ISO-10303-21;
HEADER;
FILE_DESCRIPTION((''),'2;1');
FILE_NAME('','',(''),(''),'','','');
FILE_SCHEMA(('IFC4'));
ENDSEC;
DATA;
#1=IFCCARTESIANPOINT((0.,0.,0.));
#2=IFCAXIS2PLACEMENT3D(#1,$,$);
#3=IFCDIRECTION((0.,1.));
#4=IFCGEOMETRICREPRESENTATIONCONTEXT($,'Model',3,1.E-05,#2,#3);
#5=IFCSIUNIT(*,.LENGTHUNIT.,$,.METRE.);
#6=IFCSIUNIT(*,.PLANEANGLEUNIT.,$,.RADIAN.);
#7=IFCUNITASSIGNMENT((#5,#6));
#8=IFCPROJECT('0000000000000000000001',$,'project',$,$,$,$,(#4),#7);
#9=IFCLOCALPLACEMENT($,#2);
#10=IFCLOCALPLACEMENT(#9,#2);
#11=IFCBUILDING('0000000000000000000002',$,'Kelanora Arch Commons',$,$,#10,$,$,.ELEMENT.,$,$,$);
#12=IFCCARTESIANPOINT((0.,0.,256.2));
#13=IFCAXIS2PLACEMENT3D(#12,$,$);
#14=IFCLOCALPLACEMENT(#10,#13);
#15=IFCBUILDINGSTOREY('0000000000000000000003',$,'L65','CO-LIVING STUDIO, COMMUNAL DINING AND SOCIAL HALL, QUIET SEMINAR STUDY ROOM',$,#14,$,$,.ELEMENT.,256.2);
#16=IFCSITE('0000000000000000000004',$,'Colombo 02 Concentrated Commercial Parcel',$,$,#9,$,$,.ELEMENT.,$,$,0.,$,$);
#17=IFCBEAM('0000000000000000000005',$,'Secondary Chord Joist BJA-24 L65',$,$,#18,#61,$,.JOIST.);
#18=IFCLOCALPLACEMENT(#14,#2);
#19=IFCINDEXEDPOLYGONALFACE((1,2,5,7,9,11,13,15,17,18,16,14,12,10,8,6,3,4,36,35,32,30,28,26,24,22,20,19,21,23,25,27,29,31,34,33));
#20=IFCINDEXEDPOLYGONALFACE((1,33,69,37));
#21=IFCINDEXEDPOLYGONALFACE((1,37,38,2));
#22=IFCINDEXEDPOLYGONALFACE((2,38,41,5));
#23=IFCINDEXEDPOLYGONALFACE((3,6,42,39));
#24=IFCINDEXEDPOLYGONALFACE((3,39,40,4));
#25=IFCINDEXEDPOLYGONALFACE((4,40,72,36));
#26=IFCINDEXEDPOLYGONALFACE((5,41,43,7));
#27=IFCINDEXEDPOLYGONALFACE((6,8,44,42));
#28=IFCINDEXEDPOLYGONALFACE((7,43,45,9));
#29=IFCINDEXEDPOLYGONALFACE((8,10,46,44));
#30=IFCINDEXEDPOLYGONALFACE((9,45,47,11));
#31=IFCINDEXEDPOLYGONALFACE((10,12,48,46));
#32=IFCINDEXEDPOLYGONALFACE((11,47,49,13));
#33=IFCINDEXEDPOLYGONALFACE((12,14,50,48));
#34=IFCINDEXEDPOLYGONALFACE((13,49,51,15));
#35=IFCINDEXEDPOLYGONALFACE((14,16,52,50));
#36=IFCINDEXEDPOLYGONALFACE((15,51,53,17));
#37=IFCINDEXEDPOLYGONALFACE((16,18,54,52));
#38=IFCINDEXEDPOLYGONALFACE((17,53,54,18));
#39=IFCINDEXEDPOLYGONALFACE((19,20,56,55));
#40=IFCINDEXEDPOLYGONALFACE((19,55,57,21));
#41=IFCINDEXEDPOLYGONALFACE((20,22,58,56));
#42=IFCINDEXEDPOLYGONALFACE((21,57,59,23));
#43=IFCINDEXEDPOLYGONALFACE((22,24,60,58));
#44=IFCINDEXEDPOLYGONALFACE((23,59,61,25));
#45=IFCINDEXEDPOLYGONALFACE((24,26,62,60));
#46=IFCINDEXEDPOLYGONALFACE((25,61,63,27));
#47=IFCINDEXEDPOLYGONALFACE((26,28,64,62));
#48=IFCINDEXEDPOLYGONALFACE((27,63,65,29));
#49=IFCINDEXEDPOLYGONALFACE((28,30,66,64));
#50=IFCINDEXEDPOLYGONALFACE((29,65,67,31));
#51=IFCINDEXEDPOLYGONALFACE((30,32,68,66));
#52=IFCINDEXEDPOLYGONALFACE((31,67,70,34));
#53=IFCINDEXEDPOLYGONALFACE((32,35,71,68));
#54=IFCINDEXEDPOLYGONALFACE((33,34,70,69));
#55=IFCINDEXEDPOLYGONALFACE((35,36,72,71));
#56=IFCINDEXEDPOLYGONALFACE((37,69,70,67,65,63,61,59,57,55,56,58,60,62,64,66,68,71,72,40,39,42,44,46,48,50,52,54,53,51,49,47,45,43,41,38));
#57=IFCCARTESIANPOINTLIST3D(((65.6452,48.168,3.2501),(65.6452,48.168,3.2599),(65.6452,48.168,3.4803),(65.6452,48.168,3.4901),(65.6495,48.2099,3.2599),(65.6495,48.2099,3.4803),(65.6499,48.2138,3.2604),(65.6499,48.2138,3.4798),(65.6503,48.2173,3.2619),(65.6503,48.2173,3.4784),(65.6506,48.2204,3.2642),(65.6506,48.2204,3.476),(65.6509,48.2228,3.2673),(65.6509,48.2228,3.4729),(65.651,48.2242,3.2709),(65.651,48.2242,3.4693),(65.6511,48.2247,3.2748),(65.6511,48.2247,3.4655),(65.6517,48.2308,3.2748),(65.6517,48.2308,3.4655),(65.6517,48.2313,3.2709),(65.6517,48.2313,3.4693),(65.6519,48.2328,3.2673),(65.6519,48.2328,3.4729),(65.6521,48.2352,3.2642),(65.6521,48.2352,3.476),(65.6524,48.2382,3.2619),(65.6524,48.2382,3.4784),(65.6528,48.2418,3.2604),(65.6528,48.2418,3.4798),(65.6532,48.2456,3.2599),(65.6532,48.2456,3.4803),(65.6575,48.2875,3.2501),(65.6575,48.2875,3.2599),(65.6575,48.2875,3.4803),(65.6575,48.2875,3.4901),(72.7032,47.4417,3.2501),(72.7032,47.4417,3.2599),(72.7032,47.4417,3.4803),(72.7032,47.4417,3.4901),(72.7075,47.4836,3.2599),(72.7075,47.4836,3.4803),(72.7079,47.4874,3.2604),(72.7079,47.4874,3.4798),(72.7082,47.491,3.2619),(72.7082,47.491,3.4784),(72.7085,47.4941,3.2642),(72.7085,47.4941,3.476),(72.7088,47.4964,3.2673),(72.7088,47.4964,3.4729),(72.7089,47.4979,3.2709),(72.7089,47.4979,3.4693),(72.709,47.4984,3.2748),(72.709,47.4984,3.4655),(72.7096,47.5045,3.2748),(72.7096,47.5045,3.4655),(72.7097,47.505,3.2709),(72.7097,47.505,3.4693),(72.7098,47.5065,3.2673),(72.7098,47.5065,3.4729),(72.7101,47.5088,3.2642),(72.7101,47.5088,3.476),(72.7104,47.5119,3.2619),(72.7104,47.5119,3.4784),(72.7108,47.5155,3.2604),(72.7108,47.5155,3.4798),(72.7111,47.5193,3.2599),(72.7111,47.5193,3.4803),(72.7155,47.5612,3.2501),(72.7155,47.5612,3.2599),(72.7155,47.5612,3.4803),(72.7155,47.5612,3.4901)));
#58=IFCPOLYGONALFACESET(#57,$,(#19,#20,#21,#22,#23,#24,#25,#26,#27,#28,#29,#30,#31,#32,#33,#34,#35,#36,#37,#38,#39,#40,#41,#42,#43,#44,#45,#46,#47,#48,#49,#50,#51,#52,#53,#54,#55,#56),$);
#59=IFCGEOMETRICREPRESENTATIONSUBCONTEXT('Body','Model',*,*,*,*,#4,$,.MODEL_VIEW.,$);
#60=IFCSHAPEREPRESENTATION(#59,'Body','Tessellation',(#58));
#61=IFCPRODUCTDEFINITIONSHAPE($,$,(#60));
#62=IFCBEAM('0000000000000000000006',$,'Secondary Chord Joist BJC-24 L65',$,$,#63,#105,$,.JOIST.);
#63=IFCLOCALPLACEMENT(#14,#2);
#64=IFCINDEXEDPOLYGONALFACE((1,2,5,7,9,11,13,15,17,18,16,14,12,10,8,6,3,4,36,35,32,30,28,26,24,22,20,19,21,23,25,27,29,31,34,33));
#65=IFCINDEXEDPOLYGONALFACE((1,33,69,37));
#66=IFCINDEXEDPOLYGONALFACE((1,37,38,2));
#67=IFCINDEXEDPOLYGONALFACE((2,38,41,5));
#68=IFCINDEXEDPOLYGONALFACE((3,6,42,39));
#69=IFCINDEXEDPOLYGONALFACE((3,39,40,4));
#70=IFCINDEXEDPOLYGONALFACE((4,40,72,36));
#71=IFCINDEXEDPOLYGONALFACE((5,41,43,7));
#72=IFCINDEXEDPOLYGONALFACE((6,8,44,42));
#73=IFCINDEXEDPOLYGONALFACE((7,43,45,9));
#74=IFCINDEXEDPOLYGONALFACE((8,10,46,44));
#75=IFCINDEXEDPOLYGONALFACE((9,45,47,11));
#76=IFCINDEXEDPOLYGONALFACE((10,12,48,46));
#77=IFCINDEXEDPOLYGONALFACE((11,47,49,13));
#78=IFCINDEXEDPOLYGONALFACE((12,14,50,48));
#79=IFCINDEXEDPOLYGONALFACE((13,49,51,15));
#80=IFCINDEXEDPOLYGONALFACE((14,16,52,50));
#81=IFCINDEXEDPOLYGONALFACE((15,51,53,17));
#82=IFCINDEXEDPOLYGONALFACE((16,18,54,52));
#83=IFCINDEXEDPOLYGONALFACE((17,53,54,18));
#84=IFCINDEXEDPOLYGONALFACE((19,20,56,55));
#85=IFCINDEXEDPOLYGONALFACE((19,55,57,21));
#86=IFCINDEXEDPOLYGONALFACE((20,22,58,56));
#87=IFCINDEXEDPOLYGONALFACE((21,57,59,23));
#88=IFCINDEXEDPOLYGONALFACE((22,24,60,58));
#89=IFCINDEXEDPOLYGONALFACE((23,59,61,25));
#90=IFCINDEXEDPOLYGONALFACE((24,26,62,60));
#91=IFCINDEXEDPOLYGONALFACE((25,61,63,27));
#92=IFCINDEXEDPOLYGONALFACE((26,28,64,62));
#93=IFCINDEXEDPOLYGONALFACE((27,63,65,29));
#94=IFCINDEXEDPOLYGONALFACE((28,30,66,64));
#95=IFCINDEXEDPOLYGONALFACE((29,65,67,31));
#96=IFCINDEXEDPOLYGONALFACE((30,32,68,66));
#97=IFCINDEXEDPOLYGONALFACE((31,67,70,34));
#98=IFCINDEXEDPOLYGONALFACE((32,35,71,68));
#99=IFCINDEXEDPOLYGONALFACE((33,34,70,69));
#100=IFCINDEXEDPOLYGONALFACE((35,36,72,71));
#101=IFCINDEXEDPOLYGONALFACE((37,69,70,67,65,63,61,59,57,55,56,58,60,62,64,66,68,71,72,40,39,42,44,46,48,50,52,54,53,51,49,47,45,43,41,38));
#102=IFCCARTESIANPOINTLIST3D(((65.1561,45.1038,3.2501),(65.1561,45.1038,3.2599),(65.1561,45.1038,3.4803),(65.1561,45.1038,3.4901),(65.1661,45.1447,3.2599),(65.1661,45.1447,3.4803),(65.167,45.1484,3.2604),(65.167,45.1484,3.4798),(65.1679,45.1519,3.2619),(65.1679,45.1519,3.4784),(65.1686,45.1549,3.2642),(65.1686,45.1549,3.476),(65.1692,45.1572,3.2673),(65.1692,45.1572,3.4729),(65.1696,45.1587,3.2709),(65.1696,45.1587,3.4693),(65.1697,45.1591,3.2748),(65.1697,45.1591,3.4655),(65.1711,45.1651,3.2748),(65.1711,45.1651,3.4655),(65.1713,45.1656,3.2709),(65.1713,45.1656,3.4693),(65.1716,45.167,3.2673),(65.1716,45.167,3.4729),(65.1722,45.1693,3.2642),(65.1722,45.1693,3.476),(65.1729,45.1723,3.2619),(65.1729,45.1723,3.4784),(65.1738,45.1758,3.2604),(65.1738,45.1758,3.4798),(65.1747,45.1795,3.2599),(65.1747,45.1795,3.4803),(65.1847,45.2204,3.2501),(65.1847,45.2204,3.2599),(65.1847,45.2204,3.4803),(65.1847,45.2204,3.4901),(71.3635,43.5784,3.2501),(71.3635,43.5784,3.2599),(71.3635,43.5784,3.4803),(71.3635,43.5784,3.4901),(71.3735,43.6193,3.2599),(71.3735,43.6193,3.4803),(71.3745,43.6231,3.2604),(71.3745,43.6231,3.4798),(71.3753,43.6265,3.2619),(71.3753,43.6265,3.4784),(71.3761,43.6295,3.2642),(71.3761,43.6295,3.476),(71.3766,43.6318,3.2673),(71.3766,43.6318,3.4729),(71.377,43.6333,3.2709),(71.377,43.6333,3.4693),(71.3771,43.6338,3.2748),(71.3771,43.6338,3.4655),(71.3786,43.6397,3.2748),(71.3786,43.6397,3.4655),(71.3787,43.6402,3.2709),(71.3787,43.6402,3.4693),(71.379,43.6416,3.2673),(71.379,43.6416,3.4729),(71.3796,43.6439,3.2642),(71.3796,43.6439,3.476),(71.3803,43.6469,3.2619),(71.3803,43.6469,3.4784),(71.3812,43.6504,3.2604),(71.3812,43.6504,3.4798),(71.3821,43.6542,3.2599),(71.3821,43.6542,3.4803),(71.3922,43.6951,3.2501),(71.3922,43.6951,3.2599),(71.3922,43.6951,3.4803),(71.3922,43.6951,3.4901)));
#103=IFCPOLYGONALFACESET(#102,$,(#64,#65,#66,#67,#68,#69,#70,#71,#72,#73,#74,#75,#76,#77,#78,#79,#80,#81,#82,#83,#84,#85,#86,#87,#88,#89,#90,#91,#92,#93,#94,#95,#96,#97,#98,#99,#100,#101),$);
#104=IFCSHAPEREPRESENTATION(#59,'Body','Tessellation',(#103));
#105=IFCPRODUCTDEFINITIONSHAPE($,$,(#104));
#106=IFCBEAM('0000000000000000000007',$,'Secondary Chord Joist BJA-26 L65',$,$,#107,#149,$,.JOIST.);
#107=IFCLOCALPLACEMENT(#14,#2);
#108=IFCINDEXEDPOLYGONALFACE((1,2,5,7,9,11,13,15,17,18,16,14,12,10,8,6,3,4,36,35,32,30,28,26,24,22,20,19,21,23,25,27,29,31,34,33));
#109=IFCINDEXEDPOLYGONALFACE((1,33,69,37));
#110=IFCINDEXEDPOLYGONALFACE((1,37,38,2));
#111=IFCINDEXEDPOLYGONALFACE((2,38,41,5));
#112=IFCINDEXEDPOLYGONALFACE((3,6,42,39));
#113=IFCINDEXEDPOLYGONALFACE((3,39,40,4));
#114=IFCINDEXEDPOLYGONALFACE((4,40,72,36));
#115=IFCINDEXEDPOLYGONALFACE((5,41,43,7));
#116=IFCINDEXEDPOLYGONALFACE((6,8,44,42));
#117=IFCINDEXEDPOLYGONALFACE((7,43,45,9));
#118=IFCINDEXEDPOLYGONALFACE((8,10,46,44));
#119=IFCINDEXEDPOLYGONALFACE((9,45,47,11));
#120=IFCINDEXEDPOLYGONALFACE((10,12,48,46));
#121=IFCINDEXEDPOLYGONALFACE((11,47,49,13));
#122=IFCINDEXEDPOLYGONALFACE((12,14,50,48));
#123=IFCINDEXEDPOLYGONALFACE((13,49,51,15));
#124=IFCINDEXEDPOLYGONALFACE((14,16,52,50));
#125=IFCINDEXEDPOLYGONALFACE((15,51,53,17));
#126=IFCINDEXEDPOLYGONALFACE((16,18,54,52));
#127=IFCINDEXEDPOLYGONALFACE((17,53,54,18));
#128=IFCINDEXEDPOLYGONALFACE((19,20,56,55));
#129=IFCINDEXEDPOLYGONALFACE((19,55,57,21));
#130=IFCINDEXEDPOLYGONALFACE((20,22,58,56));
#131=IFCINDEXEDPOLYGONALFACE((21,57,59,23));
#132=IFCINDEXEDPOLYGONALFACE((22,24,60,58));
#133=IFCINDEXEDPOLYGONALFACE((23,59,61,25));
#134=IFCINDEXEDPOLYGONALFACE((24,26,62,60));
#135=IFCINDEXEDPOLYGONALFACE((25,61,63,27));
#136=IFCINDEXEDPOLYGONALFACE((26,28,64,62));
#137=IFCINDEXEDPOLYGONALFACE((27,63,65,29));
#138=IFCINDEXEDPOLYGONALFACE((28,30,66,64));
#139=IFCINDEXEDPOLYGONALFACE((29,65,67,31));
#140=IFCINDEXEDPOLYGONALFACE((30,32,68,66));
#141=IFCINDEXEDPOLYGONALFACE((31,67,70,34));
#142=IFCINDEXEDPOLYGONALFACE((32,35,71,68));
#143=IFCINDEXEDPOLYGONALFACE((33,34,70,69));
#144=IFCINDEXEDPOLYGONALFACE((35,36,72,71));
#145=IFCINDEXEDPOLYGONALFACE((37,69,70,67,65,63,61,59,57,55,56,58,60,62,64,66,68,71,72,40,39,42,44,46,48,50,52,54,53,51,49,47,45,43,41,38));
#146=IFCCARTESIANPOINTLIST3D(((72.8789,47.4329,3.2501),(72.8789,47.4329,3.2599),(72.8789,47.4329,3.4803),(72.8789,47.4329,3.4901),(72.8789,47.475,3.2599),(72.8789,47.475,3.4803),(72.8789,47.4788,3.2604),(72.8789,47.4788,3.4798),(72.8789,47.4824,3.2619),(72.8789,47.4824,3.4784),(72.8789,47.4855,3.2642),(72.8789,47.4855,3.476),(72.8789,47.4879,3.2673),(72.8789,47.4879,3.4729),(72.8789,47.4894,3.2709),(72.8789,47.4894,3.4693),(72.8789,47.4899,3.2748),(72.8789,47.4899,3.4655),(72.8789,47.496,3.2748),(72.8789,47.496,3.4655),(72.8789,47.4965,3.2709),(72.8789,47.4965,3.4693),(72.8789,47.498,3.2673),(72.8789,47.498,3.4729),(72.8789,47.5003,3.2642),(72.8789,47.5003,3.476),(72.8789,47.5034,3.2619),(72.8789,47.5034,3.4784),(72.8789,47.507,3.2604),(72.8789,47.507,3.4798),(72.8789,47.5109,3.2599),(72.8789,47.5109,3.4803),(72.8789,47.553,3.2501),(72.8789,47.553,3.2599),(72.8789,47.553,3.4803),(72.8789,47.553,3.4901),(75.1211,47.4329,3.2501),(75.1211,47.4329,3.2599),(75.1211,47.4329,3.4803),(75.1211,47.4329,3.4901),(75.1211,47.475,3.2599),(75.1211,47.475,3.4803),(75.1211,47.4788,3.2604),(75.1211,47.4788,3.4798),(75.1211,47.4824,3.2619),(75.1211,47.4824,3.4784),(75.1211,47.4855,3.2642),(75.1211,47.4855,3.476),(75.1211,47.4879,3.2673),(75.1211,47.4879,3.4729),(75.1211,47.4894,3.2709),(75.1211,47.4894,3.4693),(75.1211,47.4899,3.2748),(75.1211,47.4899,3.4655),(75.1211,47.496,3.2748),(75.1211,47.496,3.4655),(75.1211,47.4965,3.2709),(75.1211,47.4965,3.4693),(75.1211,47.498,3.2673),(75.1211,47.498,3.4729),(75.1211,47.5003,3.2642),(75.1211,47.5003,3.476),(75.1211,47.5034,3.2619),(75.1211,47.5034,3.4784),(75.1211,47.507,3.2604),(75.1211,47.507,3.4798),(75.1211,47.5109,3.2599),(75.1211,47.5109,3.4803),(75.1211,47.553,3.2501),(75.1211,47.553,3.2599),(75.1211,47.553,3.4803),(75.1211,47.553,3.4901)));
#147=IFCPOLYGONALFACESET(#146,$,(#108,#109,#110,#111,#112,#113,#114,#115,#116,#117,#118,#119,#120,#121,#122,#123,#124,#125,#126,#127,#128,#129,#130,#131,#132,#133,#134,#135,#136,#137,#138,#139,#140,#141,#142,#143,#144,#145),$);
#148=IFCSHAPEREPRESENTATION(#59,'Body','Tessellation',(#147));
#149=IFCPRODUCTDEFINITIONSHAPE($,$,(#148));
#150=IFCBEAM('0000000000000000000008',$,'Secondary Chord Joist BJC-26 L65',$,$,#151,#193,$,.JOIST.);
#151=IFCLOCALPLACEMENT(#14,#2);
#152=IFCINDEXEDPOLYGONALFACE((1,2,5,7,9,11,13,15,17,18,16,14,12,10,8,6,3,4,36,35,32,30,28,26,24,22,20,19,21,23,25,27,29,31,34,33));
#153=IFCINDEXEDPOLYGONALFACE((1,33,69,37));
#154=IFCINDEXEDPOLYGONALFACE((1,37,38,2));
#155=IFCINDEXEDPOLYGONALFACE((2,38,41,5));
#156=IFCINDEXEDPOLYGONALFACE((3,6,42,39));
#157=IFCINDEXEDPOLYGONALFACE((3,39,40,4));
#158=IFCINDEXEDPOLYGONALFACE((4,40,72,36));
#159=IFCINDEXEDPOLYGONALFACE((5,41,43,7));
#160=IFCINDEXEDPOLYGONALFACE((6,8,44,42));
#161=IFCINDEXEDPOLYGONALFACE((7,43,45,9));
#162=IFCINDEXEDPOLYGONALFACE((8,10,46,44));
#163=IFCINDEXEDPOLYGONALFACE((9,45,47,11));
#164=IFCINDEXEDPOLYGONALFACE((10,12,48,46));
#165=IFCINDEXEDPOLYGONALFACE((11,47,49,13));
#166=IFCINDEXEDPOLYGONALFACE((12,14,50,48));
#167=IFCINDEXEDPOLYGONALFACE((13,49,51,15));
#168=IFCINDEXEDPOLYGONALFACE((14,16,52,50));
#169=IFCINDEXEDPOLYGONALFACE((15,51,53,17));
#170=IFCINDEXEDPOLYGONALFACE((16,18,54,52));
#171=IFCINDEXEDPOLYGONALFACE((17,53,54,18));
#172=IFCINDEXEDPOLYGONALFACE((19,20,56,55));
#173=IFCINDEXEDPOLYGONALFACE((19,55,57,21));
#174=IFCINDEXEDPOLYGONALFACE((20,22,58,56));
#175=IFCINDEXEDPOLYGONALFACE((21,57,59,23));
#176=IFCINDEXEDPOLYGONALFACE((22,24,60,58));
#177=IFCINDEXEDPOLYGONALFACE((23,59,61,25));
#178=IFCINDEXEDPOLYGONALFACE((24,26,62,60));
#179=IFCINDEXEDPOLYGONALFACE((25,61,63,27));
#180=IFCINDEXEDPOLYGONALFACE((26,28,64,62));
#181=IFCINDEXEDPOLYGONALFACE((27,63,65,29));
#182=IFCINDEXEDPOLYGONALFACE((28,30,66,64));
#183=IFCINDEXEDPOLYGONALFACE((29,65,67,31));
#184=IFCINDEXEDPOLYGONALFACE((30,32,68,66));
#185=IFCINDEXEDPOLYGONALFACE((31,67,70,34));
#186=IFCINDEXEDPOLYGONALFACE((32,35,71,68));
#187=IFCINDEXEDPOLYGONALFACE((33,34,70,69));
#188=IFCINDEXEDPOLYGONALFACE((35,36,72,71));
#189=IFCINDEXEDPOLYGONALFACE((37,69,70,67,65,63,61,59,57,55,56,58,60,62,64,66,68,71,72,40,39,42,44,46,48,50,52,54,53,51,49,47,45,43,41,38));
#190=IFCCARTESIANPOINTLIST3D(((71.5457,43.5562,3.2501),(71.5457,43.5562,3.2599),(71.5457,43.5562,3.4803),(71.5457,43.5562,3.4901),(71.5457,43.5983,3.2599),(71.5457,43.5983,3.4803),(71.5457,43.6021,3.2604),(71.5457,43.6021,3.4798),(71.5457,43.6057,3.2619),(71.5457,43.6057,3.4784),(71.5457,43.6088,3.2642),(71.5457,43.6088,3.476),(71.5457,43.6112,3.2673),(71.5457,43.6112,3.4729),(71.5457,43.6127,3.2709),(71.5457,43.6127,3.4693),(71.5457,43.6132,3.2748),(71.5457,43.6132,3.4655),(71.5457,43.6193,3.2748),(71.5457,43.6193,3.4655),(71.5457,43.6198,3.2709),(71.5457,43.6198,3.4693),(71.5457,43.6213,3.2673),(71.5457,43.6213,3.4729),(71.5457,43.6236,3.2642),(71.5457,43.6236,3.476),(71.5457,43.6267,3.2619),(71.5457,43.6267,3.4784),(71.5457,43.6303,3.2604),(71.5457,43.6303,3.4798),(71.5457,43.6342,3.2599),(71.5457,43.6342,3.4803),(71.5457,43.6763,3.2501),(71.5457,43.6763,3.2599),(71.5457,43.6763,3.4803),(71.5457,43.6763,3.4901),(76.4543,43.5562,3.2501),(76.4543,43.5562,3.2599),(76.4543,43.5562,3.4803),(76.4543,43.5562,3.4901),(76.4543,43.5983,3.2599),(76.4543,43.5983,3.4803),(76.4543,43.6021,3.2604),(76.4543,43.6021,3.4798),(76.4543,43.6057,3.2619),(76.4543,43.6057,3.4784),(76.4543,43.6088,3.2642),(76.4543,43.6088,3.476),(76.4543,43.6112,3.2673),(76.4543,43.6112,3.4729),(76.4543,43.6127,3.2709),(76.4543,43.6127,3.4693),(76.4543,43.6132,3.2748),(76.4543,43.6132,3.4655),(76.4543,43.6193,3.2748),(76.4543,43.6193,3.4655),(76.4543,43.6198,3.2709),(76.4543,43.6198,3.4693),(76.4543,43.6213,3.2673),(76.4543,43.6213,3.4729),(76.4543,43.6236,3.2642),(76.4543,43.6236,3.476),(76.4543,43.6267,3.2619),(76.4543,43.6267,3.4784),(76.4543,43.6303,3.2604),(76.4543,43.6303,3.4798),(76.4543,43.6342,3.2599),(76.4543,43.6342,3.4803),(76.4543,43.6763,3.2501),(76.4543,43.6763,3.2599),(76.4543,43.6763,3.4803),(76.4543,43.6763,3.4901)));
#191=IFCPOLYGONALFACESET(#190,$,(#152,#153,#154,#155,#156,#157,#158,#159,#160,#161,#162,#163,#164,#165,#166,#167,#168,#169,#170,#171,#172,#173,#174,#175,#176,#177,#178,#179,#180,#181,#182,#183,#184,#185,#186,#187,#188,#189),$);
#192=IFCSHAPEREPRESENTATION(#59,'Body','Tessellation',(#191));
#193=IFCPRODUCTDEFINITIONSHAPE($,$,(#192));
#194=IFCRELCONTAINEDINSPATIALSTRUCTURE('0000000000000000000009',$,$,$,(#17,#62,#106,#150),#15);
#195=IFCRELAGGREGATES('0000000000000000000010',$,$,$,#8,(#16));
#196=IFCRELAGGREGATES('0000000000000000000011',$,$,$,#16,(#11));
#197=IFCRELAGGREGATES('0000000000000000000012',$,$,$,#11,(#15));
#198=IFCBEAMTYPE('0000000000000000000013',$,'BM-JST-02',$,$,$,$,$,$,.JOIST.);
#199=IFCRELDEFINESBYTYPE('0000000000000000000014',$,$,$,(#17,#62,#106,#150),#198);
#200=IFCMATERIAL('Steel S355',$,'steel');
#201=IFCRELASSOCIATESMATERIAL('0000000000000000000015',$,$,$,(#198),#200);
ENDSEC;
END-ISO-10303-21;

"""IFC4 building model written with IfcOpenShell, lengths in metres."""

from ifc_helpers import new_model, si_unit, direction, frame, origin, origin_2d, place, context, subcontext, project, spatial, i_section, extrude, material, material_profile, profile_set, type_object, element, save


model = new_model("IFC4")

# Units and contexts
model_context = context("Model", 3, precision=1e-05, world=origin(), true_north=direction((0.0, 1.0)))
body_context = subcontext(model_context, "Body", "Model", "MODEL_VIEW")
ifc_project = project(units=[si_unit("LENGTHUNIT", "METRE"), si_unit("PLANEANGLEUNIT", "RADIAN")], contexts=[model_context])

# Site, building, storey
site_placement = place(None, origin())
site = spatial("IfcSite", under=ifc_project, at=site_placement, Name="Colombo 02 Concentrated Commercial Parcel", CompositionType="ELEMENT", RefElevation=0.0)
building_placement = place(site_placement, origin())
building = spatial("IfcBuilding", under=site, at=building_placement, Name="Kelanora Arch Commons", CompositionType="ELEMENT")
storey_placement = place(building_placement, frame((0.0, 0.0, 256.2)))
storey = spatial("IfcBuildingStorey", under=building, at=storey_placement, Name="L65", Description="CO-LIVING STUDIO, COMMUNAL DINING AND SOCIAL HALL, QUIET SEMINAR STUDY ROOM", CompositionType="ELEMENT", Elevation=256.2)

# Beams
ifc_material_1 = material(Name="Steel S355", Category="steel")
ifc_material_profile_1 = material_profile(ifc_material_1, i_section(OverallWidth=0.1201, OverallDepth=0.24, WebThickness=0.0061, FlangeThickness=0.0098, FilletRadius=0.0149, at=origin_2d()), Name="IPE240")
ifc_profile_set_1 = profile_set([ifc_material_profile_1], Name="Steel S355")
beam_type_1 = type_object("IfcBeamType", Name="BM-JST-02", PredefinedType="JOIST", material=ifc_profile_set_1)
beam_1_placement = place(storey_placement, frame((65.6514, 48.2278, 3.3701), z_axis=(0.994747, -0.102369, 0.0), x_axis=(0.102369, 0.994747, 0.0)))
element("IfcBeam", 1, at=beam_1_placement, inside=storey, type_object=beam_type_1, Name="Secondary Chord Joist BJA-24 L65", PredefinedType="JOIST", context=body_context, shape_type="SweptSolid", body=[
    extrude(i_section(OverallWidth=0.1201, OverallDepth=0.24, WebThickness=0.0061, FlangeThickness=0.0098, FilletRadius=0.0149, at=origin_2d()), origin(), (0.0, 0.0, 1.0), 7.0952),
])
beam_2_placement = place(storey_placement, frame((65.1704, 45.1621, 3.3701), z_axis=(0.97111, -0.238633, 0.0), x_axis=(0.238633, 0.97111, 0.0)))
element("IfcBeam", 2, at=beam_2_placement, inside=storey, type_object=beam_type_1, Name="Secondary Chord Joist BJC-24 L65", PredefinedType="JOIST", context=body_context, shape_type="SweptSolid", body=[
    extrude(i_section(OverallWidth=0.1201, OverallDepth=0.24, WebThickness=0.0061, FlangeThickness=0.0098, FilletRadius=0.0149, at=origin_2d()), origin(), (0.0, 0.0, 1.0), 6.3921),
])
beam_3_placement = place(storey_placement, frame((72.8789, 47.4929, 3.3701), z_axis=(1.0, 0.0, 0.0), x_axis=(0.0, 1.0, 0.0)))
element("IfcBeam", 3, at=beam_3_placement, inside=storey, type_object=beam_type_1, Name="Secondary Chord Joist BJA-26 L65", PredefinedType="JOIST", context=body_context, shape_type="SweptSolid", body=[
    extrude(i_section(OverallWidth=0.1201, OverallDepth=0.24, WebThickness=0.0061, FlangeThickness=0.0098, FilletRadius=0.0149, at=origin_2d()), origin(), (0.0, 0.0, 1.0), 2.2422),
])
beam_4_placement = place(storey_placement, frame((71.5457, 43.6162, 3.3701), z_axis=(1.0, 0.0, 0.0), x_axis=(0.0, 1.0, 0.0)))
element("IfcBeam", 4, at=beam_4_placement, inside=storey, type_object=beam_type_1, Name="Secondary Chord Joist BJC-26 L65", PredefinedType="JOIST", context=body_context, shape_type="SweptSolid", body=[
    extrude(i_section(OverallWidth=0.1201, OverallDepth=0.24, WebThickness=0.0061, FlangeThickness=0.0098, FilletRadius=0.0149, at=origin_2d()), origin(), (0.0, 0.0, 1.0), 4.9087),
])

save(model, "model.ifc")
